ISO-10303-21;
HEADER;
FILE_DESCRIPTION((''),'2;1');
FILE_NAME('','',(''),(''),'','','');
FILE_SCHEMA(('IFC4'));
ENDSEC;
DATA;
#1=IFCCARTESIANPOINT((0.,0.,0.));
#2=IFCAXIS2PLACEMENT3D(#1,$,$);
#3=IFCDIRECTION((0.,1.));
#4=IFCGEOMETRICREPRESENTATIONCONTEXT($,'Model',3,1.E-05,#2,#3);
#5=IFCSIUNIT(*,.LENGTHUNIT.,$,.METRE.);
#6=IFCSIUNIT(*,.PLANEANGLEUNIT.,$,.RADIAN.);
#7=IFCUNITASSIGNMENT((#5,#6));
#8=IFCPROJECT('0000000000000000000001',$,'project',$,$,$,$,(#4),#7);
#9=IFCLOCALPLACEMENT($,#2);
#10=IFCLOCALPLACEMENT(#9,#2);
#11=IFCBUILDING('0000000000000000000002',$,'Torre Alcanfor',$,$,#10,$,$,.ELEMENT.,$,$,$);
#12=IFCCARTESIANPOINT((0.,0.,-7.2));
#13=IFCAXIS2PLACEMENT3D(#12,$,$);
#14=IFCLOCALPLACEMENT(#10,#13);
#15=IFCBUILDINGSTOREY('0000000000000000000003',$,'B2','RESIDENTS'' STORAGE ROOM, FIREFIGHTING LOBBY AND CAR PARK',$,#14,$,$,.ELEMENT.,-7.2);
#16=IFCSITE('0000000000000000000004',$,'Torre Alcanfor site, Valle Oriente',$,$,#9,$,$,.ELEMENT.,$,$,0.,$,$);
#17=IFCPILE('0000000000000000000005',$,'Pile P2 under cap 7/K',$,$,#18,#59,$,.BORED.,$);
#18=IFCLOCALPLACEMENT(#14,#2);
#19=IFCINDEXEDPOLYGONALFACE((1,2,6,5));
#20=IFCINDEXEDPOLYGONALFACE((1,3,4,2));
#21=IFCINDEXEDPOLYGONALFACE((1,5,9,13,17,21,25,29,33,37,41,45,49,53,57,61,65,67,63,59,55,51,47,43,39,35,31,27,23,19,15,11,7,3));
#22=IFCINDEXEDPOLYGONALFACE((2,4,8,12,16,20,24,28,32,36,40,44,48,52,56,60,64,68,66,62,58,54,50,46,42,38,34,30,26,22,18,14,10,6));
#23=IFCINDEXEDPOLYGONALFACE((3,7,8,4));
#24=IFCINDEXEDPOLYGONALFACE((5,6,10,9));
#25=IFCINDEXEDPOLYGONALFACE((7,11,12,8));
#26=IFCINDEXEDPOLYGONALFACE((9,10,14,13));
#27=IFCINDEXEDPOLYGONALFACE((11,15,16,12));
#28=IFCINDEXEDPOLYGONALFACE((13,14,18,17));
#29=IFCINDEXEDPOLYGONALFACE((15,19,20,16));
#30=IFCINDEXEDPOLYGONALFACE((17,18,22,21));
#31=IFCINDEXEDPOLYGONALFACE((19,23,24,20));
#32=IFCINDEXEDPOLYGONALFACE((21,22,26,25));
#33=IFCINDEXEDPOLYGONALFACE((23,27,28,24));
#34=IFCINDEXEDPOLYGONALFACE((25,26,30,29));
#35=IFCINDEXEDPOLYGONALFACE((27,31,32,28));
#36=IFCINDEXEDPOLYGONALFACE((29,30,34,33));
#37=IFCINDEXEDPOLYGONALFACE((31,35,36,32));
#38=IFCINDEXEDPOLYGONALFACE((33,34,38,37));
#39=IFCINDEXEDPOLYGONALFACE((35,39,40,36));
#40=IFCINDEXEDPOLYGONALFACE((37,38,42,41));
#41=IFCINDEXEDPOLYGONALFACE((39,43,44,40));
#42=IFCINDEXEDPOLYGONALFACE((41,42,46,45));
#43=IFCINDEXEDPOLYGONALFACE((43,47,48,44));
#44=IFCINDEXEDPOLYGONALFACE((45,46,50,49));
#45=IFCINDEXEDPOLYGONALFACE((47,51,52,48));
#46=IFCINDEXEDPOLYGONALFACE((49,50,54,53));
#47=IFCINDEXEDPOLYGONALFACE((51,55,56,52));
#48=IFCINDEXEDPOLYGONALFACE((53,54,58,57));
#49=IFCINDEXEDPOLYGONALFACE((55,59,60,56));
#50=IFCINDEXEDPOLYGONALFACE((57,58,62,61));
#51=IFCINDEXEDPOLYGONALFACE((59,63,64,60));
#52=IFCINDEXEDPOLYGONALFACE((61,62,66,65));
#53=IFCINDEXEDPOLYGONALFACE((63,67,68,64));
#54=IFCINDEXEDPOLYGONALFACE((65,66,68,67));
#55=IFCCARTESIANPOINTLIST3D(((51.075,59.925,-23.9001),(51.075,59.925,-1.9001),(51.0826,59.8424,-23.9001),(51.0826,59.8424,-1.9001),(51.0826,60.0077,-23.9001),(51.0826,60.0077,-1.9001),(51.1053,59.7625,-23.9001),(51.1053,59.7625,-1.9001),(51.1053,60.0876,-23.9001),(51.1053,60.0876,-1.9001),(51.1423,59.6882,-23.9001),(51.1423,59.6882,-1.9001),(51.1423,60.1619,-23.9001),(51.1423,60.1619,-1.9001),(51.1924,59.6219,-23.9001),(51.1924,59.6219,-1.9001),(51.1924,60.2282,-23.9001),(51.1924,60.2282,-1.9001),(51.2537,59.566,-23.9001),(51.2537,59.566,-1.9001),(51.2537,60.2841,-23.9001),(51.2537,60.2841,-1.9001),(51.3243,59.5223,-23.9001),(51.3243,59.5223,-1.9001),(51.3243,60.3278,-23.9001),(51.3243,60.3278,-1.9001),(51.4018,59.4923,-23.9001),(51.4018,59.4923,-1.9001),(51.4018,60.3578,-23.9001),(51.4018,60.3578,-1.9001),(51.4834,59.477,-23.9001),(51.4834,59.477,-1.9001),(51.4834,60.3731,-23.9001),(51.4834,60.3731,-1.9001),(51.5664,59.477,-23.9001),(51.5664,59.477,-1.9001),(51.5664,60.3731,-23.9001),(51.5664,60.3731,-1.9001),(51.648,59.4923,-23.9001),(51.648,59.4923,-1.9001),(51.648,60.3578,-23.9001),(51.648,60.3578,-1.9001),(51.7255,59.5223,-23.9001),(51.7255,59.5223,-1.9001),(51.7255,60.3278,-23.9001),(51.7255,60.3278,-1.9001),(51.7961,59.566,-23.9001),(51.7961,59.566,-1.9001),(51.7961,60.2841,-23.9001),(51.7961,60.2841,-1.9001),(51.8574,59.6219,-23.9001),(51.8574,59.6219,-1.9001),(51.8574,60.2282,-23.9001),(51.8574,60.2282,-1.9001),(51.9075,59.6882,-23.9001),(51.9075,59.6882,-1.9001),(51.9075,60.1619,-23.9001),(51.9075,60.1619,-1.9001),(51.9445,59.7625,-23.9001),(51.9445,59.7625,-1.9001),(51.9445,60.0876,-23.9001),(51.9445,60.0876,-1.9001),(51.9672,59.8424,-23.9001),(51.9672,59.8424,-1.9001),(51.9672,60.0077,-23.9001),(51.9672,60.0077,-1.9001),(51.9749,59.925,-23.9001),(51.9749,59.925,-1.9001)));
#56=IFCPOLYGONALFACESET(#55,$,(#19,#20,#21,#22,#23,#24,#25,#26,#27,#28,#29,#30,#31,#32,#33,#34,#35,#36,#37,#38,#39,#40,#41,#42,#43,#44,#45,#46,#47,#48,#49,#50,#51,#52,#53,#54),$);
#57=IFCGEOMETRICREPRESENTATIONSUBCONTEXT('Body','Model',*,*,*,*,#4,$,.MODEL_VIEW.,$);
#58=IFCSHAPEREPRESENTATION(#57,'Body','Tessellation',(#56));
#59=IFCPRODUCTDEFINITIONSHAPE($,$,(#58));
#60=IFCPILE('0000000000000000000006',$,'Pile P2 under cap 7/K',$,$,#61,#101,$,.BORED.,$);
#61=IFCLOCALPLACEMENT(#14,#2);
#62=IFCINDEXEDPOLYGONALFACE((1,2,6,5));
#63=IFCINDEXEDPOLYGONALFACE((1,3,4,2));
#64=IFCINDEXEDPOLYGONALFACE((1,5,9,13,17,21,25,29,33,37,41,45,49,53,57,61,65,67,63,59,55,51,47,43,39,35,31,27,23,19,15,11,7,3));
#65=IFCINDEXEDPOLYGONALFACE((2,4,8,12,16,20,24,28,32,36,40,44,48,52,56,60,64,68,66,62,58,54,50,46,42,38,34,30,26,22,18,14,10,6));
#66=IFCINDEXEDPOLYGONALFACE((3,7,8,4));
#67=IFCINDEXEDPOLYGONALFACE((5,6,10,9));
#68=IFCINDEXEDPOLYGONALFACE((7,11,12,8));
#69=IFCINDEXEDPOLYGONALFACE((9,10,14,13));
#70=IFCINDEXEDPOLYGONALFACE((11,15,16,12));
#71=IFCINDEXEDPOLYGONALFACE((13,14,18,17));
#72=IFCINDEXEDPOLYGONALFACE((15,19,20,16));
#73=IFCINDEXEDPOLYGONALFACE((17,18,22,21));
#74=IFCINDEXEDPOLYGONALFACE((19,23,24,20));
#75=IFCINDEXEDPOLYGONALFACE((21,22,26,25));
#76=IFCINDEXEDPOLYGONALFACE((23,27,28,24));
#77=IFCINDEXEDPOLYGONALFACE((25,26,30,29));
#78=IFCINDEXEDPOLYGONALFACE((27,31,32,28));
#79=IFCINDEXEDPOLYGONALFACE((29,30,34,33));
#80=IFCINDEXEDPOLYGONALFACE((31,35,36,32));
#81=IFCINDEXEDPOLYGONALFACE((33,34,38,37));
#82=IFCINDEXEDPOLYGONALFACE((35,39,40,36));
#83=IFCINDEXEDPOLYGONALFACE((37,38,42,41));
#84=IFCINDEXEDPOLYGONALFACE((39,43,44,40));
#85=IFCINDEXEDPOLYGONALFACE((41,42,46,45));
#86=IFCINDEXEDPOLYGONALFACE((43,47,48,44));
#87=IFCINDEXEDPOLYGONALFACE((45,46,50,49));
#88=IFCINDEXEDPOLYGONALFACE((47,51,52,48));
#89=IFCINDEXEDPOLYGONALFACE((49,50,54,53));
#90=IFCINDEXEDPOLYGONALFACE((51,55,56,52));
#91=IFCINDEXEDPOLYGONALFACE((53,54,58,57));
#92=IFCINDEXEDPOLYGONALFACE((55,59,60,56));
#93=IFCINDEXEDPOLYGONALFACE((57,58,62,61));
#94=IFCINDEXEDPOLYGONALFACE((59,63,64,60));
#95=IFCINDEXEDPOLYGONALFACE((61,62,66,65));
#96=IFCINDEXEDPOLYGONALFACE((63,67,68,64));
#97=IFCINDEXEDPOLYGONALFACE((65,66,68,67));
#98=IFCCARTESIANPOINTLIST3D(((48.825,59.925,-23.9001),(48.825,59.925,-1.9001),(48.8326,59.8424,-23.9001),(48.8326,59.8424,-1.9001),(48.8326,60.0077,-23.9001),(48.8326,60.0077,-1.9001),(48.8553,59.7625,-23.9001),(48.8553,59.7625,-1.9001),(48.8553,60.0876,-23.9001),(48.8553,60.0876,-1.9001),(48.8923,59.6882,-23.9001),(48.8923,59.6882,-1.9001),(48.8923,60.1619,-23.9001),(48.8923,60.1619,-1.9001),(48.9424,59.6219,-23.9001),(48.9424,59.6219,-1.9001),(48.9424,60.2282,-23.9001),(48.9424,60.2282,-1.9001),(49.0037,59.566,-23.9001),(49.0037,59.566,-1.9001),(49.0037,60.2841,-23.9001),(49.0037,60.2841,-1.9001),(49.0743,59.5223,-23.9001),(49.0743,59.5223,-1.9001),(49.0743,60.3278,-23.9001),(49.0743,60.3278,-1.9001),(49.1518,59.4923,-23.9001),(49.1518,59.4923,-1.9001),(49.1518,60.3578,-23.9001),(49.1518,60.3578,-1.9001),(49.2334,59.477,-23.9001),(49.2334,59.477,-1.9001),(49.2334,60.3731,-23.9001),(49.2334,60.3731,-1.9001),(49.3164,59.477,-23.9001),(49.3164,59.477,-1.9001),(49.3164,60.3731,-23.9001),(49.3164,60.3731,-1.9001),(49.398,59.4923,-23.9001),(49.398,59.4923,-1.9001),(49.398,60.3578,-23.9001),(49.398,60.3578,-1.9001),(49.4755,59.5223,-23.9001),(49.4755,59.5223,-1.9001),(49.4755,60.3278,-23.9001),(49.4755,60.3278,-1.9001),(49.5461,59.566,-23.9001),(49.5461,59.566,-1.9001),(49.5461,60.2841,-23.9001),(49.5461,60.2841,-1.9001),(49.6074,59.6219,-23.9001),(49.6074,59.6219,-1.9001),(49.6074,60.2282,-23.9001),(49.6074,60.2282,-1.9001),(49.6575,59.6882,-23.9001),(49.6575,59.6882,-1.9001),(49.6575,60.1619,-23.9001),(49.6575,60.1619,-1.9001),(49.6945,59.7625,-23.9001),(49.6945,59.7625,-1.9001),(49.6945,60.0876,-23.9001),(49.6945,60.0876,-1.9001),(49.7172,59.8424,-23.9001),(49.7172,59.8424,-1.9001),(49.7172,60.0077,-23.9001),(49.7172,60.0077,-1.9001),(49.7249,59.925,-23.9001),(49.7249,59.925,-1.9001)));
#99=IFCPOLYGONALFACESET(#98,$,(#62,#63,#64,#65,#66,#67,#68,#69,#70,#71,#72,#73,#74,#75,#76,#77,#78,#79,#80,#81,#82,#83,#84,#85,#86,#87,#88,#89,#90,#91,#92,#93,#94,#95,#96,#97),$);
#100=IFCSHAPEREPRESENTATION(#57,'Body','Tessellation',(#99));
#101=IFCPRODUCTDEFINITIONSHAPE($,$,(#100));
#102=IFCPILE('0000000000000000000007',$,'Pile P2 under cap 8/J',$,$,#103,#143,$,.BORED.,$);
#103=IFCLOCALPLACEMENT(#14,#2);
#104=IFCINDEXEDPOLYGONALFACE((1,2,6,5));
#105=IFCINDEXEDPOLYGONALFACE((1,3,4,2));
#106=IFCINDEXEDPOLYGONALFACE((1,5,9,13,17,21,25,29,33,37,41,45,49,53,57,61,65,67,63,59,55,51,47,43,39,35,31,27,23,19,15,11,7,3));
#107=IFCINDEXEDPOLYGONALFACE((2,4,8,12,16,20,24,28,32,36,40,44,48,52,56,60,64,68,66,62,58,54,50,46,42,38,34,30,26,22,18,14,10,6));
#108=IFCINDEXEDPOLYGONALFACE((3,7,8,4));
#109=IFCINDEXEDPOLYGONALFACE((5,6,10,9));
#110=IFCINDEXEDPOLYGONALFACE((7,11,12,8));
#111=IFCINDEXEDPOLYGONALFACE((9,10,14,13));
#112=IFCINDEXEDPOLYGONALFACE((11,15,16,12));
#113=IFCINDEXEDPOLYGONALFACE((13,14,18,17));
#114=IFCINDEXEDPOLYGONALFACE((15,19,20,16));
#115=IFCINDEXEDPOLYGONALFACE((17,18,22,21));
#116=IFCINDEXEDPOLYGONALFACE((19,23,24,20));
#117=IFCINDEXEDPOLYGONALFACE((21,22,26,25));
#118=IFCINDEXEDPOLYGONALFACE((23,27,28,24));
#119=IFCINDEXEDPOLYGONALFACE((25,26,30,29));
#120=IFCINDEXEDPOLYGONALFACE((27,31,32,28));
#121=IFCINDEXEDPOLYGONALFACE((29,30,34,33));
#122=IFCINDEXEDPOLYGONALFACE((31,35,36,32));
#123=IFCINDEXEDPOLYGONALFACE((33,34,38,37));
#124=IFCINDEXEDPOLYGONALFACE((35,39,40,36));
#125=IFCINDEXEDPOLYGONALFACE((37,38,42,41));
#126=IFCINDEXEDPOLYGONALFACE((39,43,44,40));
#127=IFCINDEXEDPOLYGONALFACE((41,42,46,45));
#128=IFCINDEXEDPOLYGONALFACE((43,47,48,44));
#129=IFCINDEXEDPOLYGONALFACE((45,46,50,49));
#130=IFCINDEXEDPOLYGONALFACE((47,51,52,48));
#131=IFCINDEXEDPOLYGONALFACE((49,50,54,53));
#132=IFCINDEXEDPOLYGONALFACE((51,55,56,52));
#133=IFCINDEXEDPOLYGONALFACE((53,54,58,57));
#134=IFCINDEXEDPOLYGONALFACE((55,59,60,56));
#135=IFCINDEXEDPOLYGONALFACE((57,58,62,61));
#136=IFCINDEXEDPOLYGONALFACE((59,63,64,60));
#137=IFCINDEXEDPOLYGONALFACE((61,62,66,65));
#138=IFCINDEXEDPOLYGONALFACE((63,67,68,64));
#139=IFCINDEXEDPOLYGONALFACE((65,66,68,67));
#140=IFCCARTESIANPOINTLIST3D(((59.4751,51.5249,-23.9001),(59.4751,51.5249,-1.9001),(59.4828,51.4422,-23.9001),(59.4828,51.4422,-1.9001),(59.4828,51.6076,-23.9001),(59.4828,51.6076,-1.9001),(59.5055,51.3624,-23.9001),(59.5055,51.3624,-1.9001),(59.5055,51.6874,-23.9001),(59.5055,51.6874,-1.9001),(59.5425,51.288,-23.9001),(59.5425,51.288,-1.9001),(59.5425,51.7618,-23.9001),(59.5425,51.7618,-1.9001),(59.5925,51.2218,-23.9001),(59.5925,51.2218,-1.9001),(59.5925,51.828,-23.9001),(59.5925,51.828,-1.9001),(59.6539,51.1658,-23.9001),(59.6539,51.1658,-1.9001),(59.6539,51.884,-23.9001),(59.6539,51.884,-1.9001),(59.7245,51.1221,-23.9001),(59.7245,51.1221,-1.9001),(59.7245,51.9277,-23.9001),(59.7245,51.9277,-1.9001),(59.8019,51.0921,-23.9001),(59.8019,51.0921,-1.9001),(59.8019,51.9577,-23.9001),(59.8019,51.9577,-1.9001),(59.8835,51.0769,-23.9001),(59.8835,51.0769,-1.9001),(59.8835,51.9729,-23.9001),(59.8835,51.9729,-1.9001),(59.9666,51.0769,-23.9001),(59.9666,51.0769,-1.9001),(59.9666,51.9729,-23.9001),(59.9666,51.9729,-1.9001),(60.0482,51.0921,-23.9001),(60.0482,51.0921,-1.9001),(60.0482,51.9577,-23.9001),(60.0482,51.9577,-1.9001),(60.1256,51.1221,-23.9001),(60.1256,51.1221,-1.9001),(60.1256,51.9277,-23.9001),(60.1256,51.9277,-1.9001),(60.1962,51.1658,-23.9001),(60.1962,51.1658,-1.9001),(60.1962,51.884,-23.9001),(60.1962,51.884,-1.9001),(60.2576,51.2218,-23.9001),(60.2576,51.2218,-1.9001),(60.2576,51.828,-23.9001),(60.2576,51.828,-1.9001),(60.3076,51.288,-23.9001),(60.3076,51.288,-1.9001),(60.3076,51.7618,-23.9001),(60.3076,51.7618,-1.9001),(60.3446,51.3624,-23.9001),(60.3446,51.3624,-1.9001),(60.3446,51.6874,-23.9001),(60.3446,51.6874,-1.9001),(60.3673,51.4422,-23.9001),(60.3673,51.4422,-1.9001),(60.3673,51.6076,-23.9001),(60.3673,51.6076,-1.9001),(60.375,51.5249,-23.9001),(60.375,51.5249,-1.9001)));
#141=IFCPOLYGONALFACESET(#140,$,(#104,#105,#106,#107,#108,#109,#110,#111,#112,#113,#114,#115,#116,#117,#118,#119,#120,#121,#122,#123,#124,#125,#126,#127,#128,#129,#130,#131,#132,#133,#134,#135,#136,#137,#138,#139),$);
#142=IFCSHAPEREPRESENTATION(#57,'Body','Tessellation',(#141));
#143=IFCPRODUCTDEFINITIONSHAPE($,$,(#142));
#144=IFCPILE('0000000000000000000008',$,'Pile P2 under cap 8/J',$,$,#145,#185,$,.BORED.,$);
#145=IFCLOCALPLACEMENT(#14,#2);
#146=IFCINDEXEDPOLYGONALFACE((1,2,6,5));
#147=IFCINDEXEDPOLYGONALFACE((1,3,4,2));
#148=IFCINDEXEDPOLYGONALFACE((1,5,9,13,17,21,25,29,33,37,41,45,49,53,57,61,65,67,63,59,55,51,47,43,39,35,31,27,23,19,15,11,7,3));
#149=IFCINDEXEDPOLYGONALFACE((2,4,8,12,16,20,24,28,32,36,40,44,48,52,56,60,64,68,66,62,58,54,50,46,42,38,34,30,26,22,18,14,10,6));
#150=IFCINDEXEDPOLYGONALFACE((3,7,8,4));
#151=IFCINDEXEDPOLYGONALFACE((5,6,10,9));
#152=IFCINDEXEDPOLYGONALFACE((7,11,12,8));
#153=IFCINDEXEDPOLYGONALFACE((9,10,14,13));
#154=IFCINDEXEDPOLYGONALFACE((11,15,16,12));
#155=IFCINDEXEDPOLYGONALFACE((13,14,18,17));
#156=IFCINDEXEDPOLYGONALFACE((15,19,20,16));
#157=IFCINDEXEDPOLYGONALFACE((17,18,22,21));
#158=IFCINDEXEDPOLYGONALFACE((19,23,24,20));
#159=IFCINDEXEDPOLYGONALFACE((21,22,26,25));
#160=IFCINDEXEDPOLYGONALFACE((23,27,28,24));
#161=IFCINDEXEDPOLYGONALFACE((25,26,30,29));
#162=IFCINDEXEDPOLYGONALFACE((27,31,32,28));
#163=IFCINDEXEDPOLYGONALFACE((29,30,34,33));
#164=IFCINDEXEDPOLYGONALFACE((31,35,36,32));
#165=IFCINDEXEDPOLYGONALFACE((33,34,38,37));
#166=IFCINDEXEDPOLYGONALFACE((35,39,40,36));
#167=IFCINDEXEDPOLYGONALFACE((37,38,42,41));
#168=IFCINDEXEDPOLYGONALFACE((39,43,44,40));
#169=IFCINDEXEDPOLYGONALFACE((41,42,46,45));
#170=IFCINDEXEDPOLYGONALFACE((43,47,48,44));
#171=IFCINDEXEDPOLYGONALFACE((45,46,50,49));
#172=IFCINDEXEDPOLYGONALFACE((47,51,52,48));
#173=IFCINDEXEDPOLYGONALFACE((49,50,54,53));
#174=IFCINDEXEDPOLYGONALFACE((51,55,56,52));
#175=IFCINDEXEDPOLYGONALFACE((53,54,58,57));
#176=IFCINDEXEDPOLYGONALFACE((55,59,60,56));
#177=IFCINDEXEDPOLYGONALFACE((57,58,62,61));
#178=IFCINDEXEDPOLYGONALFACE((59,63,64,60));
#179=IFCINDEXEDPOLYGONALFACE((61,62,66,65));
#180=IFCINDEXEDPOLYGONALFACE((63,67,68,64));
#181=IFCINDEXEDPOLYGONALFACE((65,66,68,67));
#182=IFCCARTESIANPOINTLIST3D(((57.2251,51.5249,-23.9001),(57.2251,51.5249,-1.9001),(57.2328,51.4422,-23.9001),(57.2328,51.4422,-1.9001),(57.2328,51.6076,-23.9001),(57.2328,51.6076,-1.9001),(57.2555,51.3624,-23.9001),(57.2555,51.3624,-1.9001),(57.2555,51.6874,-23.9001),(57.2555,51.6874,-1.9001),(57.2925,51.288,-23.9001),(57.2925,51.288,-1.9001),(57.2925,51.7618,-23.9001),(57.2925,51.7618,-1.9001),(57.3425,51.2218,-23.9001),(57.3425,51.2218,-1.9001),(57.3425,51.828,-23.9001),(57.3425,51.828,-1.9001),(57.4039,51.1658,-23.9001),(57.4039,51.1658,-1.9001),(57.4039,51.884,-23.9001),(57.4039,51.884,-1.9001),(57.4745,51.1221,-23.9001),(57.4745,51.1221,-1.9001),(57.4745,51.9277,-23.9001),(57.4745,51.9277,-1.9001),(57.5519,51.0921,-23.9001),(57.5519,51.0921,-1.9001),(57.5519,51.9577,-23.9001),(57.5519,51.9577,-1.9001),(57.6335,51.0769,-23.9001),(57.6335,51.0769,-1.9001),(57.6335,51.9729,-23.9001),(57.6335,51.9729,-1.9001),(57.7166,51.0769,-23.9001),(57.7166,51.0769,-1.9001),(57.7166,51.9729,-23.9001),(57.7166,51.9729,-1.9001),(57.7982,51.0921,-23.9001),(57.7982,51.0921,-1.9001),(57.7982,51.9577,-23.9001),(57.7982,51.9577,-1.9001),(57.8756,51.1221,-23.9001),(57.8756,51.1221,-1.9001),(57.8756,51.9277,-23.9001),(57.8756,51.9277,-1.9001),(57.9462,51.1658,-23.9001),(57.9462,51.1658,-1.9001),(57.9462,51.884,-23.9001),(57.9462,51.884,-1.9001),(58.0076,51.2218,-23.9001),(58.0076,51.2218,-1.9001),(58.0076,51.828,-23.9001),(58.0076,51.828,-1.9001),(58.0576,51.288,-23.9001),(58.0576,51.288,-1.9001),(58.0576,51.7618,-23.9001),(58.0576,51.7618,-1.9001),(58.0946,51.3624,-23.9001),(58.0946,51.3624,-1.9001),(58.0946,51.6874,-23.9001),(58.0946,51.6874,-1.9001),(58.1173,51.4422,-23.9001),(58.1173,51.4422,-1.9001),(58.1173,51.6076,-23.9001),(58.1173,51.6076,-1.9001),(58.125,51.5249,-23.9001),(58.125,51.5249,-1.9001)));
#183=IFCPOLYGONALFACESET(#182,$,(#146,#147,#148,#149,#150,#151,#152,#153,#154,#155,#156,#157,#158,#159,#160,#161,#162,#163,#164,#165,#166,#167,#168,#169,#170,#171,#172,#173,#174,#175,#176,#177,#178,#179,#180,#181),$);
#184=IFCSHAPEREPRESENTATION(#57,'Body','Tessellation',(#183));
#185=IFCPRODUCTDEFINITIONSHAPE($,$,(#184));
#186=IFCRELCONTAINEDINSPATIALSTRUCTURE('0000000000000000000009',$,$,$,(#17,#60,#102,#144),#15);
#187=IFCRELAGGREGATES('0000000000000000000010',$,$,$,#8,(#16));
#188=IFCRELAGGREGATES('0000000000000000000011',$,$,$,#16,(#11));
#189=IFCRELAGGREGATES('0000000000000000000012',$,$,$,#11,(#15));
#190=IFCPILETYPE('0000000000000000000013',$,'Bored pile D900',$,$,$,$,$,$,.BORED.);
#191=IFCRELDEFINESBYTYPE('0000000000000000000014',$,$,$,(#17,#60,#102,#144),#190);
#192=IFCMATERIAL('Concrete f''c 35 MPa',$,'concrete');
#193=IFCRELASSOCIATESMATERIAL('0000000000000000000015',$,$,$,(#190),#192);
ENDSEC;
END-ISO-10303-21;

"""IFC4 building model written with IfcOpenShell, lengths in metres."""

from ifc_helpers import new_model, si_unit, direction, frame, origin, origin_2d, place, context, subcontext, project, spatial, circle, extrude, material, material_profile, profile_set, type_object, element, save


model = new_model("IFC4")

# Units and contexts
model_context = context("Model", 3, precision=1e-05, world=origin(), true_north=direction((0.0, 1.0)))
body_context = subcontext(model_context, "Body", "Model", "MODEL_VIEW")
ifc_project = project(units=[si_unit("LENGTHUNIT", "METRE"), si_unit("PLANEANGLEUNIT", "RADIAN")], contexts=[model_context])

# Site, building, storey
site_placement = place(None, origin())
site = spatial("IfcSite", under=ifc_project, at=site_placement, Name="Torre Alcanfor site, Valle Oriente", CompositionType="ELEMENT", RefElevation=0.0)
building_placement = place(site_placement, origin())
building = spatial("IfcBuilding", under=site, at=building_placement, Name="Torre Alcanfor", CompositionType="ELEMENT")
storey_placement = place(building_placement, frame((0.0, 0.0, -7.2)))
storey = spatial("IfcBuildingStorey", under=building, at=storey_placement, Name="B2", Description="RESIDENTS' STORAGE ROOM, FIREFIGHTING LOBBY AND CAR PARK", CompositionType="ELEMENT", Elevation=-7.2)

# Piles
ifc_material_1 = material(Name="Concrete f'c 35 MPa", Category="concrete")
ifc_material_profile_1 = material_profile(ifc_material_1, circle(Radius=0.45, at=origin_2d()), Name="D900")
ifc_profile_set_1 = profile_set([ifc_material_profile_1], Name="Concrete f'c 35 MPa")
pile_type = type_object("IfcPileType", Name="Bored pile D900", PredefinedType="BORED", material=ifc_profile_set_1)
for number, where, z_axis, x_axis, name in (
    (1, (51.5249, 59.925, -1.9001), (0.0, 0.0, -1.0), (1.0, 0.0, 0.0), "Pile P2 under cap 7/K"),
    (2, (49.2749, 59.925, -1.9001), (0.0, 0.0, -1.0), (1.0, 0.0, 0.0), "Pile P2 under cap 7/K"),
    (3, (59.925, 51.5249, -1.9001), (0.0, 0.0, -1.0), (1.0, 0.0, 0.0), "Pile P2 under cap 8/J"),
    (4, (57.675, 51.5249, -1.9001), (0.0, 0.0, -1.0), (1.0, 0.0, 0.0), "Pile P2 under cap 8/J"),
):
    element("IfcPile", number, at=place(storey_placement, frame(where, z_axis=z_axis, x_axis=x_axis)), inside=storey, type_object=pile_type, Name=name, PredefinedType="BORED", context=body_context, shape_type="SweptSolid", body=[
        extrude(circle(Radius=0.45, at=origin_2d()), origin(), (0.0, 0.0, 1.0), 22.0),
    ])

save(model, "model.ifc")
